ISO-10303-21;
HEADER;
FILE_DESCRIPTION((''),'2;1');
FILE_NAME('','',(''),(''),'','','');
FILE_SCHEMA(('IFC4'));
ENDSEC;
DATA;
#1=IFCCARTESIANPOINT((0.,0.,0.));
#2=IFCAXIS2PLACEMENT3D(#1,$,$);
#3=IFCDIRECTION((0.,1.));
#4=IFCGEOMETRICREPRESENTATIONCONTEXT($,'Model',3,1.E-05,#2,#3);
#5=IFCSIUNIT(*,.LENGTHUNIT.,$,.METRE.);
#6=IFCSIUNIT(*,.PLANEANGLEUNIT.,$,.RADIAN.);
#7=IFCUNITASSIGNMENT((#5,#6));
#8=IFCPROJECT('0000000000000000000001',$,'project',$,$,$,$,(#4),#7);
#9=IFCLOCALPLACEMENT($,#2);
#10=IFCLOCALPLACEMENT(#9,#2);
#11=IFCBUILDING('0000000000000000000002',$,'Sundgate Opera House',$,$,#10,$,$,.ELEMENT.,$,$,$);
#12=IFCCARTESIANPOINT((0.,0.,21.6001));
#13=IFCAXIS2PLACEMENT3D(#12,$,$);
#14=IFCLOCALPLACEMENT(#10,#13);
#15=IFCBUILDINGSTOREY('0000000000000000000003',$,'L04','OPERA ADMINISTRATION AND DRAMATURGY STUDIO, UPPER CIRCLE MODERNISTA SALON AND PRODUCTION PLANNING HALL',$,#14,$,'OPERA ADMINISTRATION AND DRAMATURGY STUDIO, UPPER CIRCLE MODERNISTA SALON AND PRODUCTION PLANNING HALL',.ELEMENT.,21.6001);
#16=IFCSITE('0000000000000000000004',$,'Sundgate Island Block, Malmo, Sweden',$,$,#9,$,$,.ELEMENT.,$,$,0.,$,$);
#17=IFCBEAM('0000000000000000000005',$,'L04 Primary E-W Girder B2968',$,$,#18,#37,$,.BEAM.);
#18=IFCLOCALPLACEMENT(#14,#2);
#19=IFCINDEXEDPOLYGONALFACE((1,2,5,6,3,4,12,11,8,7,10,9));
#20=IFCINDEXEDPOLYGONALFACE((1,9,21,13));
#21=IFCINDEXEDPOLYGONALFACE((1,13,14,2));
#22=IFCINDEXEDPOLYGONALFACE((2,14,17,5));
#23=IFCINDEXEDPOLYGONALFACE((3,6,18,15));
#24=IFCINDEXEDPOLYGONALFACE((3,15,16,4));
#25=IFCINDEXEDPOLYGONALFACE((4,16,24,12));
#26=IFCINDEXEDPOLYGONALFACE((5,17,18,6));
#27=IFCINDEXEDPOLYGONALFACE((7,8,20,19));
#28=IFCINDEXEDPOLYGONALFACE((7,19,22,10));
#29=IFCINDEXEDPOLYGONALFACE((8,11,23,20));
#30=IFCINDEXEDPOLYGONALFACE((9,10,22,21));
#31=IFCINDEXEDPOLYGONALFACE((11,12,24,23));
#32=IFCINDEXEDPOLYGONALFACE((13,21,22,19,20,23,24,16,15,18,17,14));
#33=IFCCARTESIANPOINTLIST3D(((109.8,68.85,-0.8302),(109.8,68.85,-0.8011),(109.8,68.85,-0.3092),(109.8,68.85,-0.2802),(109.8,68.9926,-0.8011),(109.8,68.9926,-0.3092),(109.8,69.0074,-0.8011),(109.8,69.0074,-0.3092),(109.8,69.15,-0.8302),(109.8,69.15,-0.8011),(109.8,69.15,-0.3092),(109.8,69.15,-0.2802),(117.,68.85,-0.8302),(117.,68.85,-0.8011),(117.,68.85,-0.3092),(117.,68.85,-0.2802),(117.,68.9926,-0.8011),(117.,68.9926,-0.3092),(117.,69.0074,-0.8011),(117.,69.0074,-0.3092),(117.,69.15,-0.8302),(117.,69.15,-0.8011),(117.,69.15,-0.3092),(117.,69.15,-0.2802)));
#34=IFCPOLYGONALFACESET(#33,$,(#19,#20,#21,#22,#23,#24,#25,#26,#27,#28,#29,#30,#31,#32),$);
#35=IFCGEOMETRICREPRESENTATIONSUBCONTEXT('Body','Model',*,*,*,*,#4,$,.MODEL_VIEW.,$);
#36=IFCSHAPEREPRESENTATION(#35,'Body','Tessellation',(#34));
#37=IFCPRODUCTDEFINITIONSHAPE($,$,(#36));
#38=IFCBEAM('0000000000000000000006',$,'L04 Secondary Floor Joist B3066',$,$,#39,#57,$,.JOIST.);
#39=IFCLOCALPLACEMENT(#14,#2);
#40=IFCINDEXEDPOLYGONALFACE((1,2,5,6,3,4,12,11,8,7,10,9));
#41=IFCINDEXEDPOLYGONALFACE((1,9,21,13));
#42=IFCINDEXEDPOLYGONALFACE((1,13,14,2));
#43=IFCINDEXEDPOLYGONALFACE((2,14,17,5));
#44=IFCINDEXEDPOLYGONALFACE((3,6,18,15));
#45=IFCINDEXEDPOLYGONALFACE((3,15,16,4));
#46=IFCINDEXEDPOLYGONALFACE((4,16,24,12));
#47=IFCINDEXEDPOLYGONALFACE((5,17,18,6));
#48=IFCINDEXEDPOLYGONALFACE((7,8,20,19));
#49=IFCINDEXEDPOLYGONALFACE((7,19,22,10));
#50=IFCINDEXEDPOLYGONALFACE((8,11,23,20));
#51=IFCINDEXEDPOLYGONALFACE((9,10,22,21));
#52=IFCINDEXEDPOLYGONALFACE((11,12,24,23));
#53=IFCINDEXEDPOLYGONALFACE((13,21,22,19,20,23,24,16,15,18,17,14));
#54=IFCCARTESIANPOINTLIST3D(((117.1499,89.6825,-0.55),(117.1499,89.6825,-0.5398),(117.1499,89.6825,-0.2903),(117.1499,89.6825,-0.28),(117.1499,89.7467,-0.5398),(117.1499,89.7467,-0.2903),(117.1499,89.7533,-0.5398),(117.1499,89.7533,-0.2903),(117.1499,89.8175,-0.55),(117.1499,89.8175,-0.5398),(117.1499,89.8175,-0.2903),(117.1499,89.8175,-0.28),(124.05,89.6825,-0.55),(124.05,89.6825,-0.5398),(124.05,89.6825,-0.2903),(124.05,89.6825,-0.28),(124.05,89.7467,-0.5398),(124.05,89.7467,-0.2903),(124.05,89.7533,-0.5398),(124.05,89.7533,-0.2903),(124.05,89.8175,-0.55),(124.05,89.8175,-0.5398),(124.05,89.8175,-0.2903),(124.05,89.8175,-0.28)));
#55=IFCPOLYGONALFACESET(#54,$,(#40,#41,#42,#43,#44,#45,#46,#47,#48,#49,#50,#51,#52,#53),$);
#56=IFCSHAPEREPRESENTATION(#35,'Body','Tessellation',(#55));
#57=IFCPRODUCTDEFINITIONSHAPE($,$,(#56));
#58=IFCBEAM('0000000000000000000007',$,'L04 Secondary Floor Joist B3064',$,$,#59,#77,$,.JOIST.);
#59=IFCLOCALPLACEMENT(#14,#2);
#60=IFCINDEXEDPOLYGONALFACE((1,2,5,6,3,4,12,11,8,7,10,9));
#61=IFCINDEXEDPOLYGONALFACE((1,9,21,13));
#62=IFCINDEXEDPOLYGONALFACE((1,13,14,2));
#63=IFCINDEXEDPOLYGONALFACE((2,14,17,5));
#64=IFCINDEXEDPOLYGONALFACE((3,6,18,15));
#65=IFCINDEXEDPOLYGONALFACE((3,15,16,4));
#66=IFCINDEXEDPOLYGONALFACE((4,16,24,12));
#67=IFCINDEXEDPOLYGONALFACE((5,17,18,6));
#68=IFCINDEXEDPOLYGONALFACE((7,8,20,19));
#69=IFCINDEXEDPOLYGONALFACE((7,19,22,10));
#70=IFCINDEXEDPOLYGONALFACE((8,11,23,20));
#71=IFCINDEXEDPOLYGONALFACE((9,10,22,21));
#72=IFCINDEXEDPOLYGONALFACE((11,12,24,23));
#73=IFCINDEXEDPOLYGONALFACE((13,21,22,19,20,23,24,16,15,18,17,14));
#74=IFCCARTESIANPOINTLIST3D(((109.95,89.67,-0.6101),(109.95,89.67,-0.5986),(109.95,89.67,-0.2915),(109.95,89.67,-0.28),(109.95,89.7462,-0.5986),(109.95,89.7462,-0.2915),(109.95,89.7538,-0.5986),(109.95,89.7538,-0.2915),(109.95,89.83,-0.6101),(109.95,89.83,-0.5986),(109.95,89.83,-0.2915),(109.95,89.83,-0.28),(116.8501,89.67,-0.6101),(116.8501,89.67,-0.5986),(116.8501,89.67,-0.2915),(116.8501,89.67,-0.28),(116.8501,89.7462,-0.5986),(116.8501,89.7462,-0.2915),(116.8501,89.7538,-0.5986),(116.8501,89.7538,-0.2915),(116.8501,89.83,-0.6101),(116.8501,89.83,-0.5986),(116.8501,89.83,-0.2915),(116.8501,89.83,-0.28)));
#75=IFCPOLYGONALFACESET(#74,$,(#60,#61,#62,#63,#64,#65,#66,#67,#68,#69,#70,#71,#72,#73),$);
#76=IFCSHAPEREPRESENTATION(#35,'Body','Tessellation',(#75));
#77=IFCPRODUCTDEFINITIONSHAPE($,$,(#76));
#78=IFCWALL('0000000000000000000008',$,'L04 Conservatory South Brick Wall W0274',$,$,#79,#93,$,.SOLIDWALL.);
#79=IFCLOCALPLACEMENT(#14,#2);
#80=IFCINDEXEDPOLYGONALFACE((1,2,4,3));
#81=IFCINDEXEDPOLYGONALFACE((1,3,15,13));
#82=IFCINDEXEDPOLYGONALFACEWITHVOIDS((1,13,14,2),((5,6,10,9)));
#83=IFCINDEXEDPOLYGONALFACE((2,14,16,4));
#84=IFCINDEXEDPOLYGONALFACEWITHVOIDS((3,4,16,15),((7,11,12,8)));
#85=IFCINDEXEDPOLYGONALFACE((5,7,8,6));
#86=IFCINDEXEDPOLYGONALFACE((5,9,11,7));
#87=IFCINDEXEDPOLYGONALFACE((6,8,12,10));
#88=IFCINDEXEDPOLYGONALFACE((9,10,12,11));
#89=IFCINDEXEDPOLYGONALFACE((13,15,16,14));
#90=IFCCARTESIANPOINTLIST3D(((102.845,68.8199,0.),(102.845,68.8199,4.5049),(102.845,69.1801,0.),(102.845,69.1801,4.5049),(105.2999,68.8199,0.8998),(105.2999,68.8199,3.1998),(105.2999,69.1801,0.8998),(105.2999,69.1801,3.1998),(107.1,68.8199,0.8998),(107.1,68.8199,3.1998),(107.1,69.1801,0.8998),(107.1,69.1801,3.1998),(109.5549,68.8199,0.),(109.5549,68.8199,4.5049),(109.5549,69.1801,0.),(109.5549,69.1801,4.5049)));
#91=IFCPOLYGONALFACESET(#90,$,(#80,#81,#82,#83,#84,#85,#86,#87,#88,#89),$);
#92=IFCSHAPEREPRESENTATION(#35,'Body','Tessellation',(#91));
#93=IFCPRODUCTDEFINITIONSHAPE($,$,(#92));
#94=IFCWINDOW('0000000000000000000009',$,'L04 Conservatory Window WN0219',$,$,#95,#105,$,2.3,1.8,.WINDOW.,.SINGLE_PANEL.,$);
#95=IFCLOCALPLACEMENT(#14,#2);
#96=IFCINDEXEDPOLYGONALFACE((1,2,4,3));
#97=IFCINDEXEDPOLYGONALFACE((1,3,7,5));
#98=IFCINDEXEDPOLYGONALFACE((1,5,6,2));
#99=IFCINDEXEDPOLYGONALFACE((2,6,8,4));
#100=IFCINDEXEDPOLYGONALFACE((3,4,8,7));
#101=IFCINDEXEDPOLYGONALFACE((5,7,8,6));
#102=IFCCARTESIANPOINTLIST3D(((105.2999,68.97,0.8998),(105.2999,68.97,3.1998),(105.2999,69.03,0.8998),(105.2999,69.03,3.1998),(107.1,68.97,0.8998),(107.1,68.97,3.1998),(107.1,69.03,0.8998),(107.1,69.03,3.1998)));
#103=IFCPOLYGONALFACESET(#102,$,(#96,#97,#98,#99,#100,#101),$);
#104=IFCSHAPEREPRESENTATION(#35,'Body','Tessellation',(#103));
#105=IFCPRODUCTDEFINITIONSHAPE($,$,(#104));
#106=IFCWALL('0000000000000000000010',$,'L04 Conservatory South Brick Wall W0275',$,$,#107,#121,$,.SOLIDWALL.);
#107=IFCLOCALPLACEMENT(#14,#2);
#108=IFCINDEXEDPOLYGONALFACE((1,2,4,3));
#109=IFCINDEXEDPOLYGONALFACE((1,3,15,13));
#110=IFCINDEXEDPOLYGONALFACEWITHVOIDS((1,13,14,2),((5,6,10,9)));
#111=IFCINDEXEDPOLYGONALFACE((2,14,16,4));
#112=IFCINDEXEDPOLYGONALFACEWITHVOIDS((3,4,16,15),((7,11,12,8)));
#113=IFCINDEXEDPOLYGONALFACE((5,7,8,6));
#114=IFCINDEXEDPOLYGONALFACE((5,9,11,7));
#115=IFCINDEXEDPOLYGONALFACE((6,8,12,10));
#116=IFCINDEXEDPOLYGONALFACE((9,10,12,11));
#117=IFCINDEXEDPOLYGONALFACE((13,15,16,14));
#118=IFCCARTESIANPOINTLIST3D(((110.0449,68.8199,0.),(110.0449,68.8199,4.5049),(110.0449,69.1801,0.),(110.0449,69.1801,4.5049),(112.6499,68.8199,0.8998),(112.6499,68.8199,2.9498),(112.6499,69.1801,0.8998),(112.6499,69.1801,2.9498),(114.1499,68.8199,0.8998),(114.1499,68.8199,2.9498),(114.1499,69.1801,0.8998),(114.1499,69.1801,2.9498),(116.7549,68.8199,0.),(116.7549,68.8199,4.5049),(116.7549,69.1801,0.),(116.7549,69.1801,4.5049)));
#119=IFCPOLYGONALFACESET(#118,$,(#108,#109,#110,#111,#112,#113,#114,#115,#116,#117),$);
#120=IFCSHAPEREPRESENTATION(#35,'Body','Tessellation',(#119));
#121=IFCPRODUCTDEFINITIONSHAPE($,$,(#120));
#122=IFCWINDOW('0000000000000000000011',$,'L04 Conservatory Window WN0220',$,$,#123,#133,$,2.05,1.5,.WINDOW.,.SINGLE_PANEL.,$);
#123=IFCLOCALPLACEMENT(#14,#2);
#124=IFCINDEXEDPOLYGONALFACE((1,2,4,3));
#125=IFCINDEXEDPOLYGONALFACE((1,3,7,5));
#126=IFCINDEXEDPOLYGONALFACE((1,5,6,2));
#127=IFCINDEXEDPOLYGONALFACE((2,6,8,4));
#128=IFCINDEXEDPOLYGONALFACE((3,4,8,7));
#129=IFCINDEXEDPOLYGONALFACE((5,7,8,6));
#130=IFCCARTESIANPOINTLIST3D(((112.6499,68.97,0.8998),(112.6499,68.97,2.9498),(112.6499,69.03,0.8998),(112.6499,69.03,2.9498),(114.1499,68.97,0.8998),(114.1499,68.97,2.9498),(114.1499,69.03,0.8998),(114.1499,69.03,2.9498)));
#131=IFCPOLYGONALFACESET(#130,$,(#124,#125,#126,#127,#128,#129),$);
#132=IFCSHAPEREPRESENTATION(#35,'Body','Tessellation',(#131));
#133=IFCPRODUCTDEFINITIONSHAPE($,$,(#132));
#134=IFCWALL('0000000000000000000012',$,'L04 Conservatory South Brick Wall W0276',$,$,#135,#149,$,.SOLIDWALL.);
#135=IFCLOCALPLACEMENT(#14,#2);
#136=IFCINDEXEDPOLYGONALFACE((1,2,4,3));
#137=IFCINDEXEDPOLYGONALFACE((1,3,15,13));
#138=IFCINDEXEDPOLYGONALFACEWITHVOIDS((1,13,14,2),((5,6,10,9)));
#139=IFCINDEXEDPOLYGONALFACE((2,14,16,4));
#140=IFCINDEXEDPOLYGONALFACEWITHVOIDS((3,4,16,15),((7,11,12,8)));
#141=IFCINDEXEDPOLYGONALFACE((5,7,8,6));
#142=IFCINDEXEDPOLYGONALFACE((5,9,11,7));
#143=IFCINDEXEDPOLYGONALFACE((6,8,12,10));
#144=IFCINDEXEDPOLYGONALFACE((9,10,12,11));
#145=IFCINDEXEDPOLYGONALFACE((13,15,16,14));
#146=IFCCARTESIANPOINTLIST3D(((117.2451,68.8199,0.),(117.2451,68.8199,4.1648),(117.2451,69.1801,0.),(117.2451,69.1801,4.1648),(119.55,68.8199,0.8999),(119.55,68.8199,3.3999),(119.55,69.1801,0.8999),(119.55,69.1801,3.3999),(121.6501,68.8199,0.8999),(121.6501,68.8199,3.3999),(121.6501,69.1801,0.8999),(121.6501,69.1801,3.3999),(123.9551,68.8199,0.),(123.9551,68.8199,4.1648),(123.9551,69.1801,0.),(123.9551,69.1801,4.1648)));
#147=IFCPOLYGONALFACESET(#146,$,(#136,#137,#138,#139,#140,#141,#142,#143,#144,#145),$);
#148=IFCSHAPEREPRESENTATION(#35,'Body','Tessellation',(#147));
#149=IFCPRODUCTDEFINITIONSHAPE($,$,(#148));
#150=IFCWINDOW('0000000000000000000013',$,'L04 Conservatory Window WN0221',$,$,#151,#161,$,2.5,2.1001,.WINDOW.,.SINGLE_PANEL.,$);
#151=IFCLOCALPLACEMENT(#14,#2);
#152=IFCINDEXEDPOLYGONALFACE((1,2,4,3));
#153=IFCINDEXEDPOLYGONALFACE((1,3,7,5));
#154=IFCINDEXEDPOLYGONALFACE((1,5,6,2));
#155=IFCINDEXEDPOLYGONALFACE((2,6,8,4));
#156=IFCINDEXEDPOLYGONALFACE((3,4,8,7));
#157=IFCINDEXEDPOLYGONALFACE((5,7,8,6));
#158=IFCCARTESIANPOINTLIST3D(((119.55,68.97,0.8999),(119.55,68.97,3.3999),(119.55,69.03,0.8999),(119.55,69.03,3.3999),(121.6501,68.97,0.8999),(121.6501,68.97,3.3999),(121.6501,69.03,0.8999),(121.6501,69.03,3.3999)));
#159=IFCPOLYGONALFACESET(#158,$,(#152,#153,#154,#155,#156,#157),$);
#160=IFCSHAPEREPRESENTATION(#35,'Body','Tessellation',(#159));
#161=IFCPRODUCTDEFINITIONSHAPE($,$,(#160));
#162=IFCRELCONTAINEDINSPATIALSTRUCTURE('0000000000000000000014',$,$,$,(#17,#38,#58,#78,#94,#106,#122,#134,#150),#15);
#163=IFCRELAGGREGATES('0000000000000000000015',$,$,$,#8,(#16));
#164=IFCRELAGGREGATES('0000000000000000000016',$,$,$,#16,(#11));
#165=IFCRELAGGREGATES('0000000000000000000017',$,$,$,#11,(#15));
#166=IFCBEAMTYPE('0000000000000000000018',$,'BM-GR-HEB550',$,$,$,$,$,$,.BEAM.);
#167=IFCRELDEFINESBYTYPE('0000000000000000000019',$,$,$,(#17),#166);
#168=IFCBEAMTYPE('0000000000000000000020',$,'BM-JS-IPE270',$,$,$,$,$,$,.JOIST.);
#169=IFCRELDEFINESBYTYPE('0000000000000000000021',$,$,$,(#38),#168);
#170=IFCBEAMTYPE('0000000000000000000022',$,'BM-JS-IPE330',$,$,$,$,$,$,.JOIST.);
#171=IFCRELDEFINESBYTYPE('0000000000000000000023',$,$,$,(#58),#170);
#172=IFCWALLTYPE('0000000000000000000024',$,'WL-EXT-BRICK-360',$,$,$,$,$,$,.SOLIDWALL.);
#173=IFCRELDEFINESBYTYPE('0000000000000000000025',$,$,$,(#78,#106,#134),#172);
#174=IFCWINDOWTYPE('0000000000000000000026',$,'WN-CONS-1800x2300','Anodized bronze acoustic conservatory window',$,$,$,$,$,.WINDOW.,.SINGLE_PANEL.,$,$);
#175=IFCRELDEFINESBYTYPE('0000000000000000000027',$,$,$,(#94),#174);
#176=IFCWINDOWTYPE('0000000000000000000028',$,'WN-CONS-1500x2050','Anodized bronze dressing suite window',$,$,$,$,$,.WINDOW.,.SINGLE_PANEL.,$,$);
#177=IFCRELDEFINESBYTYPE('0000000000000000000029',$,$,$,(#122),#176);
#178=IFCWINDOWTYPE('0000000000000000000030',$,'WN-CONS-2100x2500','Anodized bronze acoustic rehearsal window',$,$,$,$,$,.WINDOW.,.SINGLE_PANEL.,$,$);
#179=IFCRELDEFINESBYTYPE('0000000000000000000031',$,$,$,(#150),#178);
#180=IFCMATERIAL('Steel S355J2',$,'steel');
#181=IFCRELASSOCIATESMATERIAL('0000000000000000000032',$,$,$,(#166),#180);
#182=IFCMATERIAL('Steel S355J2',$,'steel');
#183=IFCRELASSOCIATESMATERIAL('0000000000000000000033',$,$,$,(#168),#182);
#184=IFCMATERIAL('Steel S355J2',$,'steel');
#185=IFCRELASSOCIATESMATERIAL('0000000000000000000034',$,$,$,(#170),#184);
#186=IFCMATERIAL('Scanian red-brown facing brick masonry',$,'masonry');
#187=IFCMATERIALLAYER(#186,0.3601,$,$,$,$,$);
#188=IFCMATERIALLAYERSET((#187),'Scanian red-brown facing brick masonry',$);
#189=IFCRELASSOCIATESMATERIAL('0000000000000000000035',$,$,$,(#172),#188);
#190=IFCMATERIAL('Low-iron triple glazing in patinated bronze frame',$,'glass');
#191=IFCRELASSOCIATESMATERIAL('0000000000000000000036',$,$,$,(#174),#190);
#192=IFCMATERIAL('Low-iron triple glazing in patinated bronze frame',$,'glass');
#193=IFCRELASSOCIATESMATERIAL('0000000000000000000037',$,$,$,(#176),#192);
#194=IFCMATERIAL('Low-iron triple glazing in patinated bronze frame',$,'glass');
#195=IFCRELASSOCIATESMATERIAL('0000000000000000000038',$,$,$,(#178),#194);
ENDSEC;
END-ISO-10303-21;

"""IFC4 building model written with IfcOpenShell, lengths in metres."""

from ifc_helpers import new_model, si_unit, direction, frame, frame_2d, origin, origin_2d, place, context, subcontext, project, spatial, rectangle, i_section, extrude, material, layer, layer_set, material_profile, profile_set, type_object, element, fill, save


model = new_model("IFC4")

# Units and contexts
model_context = context("Model", 3, precision=1e-05, world=origin(), true_north=direction((0.0, 1.0)))
body_context = subcontext(model_context, "Body", "Model", "MODEL_VIEW")
ifc_project = project(units=[si_unit("LENGTHUNIT", "METRE"), si_unit("PLANEANGLEUNIT", "RADIAN")], contexts=[model_context])

# Site, building, storey
site_placement = place(None, origin())
site = spatial("IfcSite", under=ifc_project, at=site_placement, Name="Sundgate Island Block, Malmo, Sweden", CompositionType="ELEMENT", RefElevation=0.0)
building_placement = place(site_placement, origin())
building = spatial("IfcBuilding", under=site, at=building_placement, Name="Sundgate Opera House", CompositionType="ELEMENT")
storey_placement = place(building_placement, frame((0.0, 0.0, 21.6001)))
storey = spatial("IfcBuildingStorey", under=building, at=storey_placement, Name="L04", Description="OPERA ADMINISTRATION AND DRAMATURGY STUDIO, UPPER CIRCLE MODERNISTA SALON AND PRODUCTION PLANNING HALL", LongName="OPERA ADMINISTRATION AND DRAMATURGY STUDIO, UPPER CIRCLE MODERNISTA SALON AND PRODUCTION PLANNING HALL", CompositionType="ELEMENT", Elevation=21.6001)

# Beams
ifc_material_1 = material(Name="Steel S355J2", Category="steel")
ifc_material_profile_1 = material_profile(ifc_material_1, i_section(OverallWidth=0.3, OverallDepth=0.55, WebThickness=0.0149, FlangeThickness=0.0291, at=origin_2d()), Name="HEB 550")
ifc_profile_set_1 = profile_set([ifc_material_profile_1], Name="Steel S355J2")
beam_type_1 = type_object("IfcBeamType", Name="BM-GR-HEB550", PredefinedType="BEAM", material=ifc_profile_set_1)
beam_1_placement = place(storey_placement, frame((109.8, 69.0, -0.5552), z_axis=(1.0, 0.0, 0.0), x_axis=(0.0, 1.0, 0.0)))
element("IfcBeam", 1, at=beam_1_placement, inside=storey, type_object=beam_type_1, Name="L04 Primary E-W Girder B2968", PredefinedType="BEAM", context=body_context, shape_type="SweptSolid", body=[
    extrude(i_section(OverallWidth=0.3, OverallDepth=0.55, WebThickness=0.0149, FlangeThickness=0.0291, at=origin_2d()), origin(), (0.0, 0.0, 1.0), 7.2),
])
ifc_material_2 = material(Name="Steel S355J2", Category="steel")
ifc_material_profile_2 = material_profile(ifc_material_2, i_section(OverallWidth=0.135, OverallDepth=0.27, WebThickness=0.0066, FlangeThickness=0.0103, at=origin_2d()), Name="IPE 270")
ifc_profile_set_2 = profile_set([ifc_material_profile_2], Name="Steel S355J2")
beam_type_2 = type_object("IfcBeamType", Name="BM-JS-IPE270", PredefinedType="JOIST", material=ifc_profile_set_2)
beam_2_placement = place(storey_placement, frame((117.1499, 89.75, -0.415), z_axis=(1.0, 0.0, 0.0), x_axis=(0.0, 1.0, 0.0)))
element("IfcBeam", 2, at=beam_2_placement, inside=storey, type_object=beam_type_2, Name="L04 Secondary Floor Joist B3066", PredefinedType="JOIST", context=body_context, shape_type="SweptSolid", body=[
    extrude(i_section(OverallWidth=0.135, OverallDepth=0.27, WebThickness=0.0066, FlangeThickness=0.0103, at=origin_2d()), origin(), (0.0, 0.0, 1.0), 6.9001),
])
ifc_material_3 = material(Name="Steel S355J2", Category="steel")
ifc_material_profile_3 = material_profile(ifc_material_3, i_section(OverallWidth=0.1599, OverallDepth=0.3301, WebThickness=0.0076, FlangeThickness=0.0115, at=origin_2d()), Name="IPE 330")
ifc_profile_set_3 = profile_set([ifc_material_profile_3], Name="Steel S355J2")
beam_type_3 = type_object("IfcBeamType", Name="BM-JS-IPE330", PredefinedType="JOIST", material=ifc_profile_set_3)
beam_3_placement = place(storey_placement, frame((109.95, 89.75, -0.4451), z_axis=(1.0, 0.0, 0.0), x_axis=(0.0, 1.0, 0.0)))
element("IfcBeam", 3, at=beam_3_placement, inside=storey, type_object=beam_type_3, Name="L04 Secondary Floor Joist B3064", PredefinedType="JOIST", context=body_context, shape_type="SweptSolid", body=[
    extrude(i_section(OverallWidth=0.1599, OverallDepth=0.3301, WebThickness=0.0076, FlangeThickness=0.0115, at=origin_2d()), origin(), (0.0, 0.0, 1.0), 6.9001),
])

# Walls, openings, windows
ifc_material_4 = material(Name="Scanian red-brown facing brick masonry", Category="masonry")
ifc_layer = layer(ifc_material_4, 0.3601)
ifc_layer_set = layer_set([ifc_layer], Name="Scanian red-brown facing brick masonry")
wall_type = type_object("IfcWallType", Name="WL-EXT-BRICK-360", PredefinedType="SOLIDWALL", material=ifc_layer_set)
wall_1_placement = place(storey_placement, frame((109.5549, 69.0, 0.0), z_axis=(0.0, 0.0, 1.0), x_axis=(-1.0, 0.0, 0.0)))
wall_1 = element("IfcWall", 4, at=wall_1_placement, inside=storey, type_object=wall_type, Name="L04 Conservatory South Brick Wall W0274", PredefinedType="SOLIDWALL", context=body_context, shape_type="SweptSolid", body=[
    extrude(rectangle(XDim=6.71, YDim=0.3601, at=frame_2d((3.355, 0.0))), origin(), (0.0, 0.0, 1.0), 4.5049),
])
opening_1_placement = place(wall_1_placement, frame((2.4551, 0.0, 0.8999)))
opening_1 = element("IfcOpeningElement", 5, at=opening_1_placement, cuts=wall_1, PredefinedType="OPENING", context=body_context, shape_type="SweptSolid", body=[
    extrude(rectangle(XDim=1.8, YDim=2.3, at=frame_2d((0.8999, 1.1499))), frame((0.0, 0.1899, 0.0), z_axis=(0.0, -1.0, 0.0), x_axis=(1.0, 0.0, 0.0)), (0.0, 0.0, 1.0), 0.3801),
])
ifc_material_5 = material(Name="Low-iron triple glazing in patinated bronze frame", Category="glass")
window_type_1 = type_object("IfcWindowType", Name="WN-CONS-1800x2300", Description="Anodized bronze acoustic conservatory window", PartitioningType="SINGLE_PANEL", PredefinedType="WINDOW", material=ifc_material_5)
window_1_placement = place(opening_1_placement, origin())
window_1 = element("IfcWindow", 6, at=window_1_placement, inside=storey, type_object=window_type_1, Name="L04 Conservatory Window WN0219", OverallHeight=2.3, OverallWidth=1.8, PartitioningType="SINGLE_PANEL", PredefinedType="WINDOW", context=body_context, shape_type="SweptSolid", body=[
    extrude(rectangle(XDim=1.8, YDim=2.3, at=frame_2d((0.8999, 1.1499))), frame((0.0, 0.03, 0.0), z_axis=(0.0, -1.0, 0.0), x_axis=(1.0, 0.0, 0.0)), (0.0, 0.0, 1.0), 0.0601),
])
fill(opening_1, window_1)
wall_2_placement = place(storey_placement, frame((116.7549, 69.0, 0.0), z_axis=(0.0, 0.0, 1.0), x_axis=(-1.0, 0.0, 0.0)))
wall_2 = element("IfcWall", 7, at=wall_2_placement, inside=storey, type_object=wall_type, Name="L04 Conservatory South Brick Wall W0275", PredefinedType="SOLIDWALL", context=body_context, shape_type="SweptSolid", body=[
    extrude(rectangle(XDim=6.71, YDim=0.3601, at=frame_2d((3.355, 0.0))), origin(), (0.0, 0.0, 1.0), 4.5049),
])
opening_2_placement = place(wall_2_placement, frame((2.605, 0.0, 0.8999)))
opening_2 = element("IfcOpeningElement", 8, at=opening_2_placement, cuts=wall_2, PredefinedType="OPENING", context=body_context, shape_type="SweptSolid", body=[
    extrude(rectangle(XDim=1.5, YDim=2.05, at=frame_2d((0.75, 1.0249))), frame((0.0, 0.1899, 0.0), z_axis=(0.0, -1.0, 0.0), x_axis=(1.0, 0.0, 0.0)), (0.0, 0.0, 1.0), 0.3801),
])
ifc_material_6 = material(Name="Low-iron triple glazing in patinated bronze frame", Category="glass")
window_type_2 = type_object("IfcWindowType", Name="WN-CONS-1500x2050", Description="Anodized bronze dressing suite window", PartitioningType="SINGLE_PANEL", PredefinedType="WINDOW", material=ifc_material_6)
window_2_placement = place(opening_2_placement, origin())
window_2 = element("IfcWindow", 9, at=window_2_placement, inside=storey, type_object=window_type_2, Name="L04 Conservatory Window WN0220", OverallHeight=2.05, OverallWidth=1.5, PartitioningType="SINGLE_PANEL", PredefinedType="WINDOW", context=body_context, shape_type="SweptSolid", body=[
    extrude(rectangle(XDim=1.5, YDim=2.05, at=frame_2d((0.75, 1.0249))), frame((0.0, 0.03, 0.0), z_axis=(0.0, -1.0, 0.0), x_axis=(1.0, 0.0, 0.0)), (0.0, 0.0, 1.0), 0.0601),
])
fill(opening_2, window_2)
wall_3_placement = place(storey_placement, frame((123.9551, 69.0, 0.0), z_axis=(0.0, 0.0, 1.0), x_axis=(-1.0, 0.0, 0.0)))
wall_3 = element("IfcWall", 10, at=wall_3_placement, inside=storey, type_object=wall_type, Name="L04 Conservatory South Brick Wall W0276", PredefinedType="SOLIDWALL", context=body_context, shape_type="SweptSolid", body=[
    extrude(rectangle(XDim=6.71, YDim=0.3601, at=frame_2d((3.355, 0.0))), origin(), (0.0, 0.0, 1.0), 4.1648),
])
opening_3_placement = place(wall_3_placement, frame((2.3049, 0.0, 0.8999)))
opening_3 = element("IfcOpeningElement", 11, at=opening_3_placement, cuts=wall_3, PredefinedType="OPENING", context=body_context, shape_type="SweptSolid", body=[
    extrude(rectangle(XDim=2.1001, YDim=2.5, at=frame_2d((1.05, 1.25))), frame((0.0, 0.1899, 0.0), z_axis=(0.0, -1.0, 0.0), x_axis=(1.0, 0.0, 0.0)), (0.0, 0.0, 1.0), 0.3801),
])
ifc_material_7 = material(Name="Low-iron triple glazing in patinated bronze frame", Category="glass")
window_type_3 = type_object("IfcWindowType", Name="WN-CONS-2100x2500", Description="Anodized bronze acoustic rehearsal window", PartitioningType="SINGLE_PANEL", PredefinedType="WINDOW", material=ifc_material_7)
window_3_placement = place(opening_3_placement, origin())
window_3 = element("IfcWindow", 12, at=window_3_placement, inside=storey, type_object=window_type_3, Name="L04 Conservatory Window WN0221", OverallHeight=2.5, OverallWidth=2.1001, PartitioningType="SINGLE_PANEL", PredefinedType="WINDOW", context=body_context, shape_type="SweptSolid", body=[
    extrude(rectangle(XDim=2.1001, YDim=2.5, at=frame_2d((1.05, 1.25))), frame((0.0, 0.03, 0.0), z_axis=(0.0, -1.0, 0.0), x_axis=(1.0, 0.0, 0.0)), (0.0, 0.0, 1.0), 0.0601),
])
fill(opening_3, window_3)

save(model, "model.ifc")
